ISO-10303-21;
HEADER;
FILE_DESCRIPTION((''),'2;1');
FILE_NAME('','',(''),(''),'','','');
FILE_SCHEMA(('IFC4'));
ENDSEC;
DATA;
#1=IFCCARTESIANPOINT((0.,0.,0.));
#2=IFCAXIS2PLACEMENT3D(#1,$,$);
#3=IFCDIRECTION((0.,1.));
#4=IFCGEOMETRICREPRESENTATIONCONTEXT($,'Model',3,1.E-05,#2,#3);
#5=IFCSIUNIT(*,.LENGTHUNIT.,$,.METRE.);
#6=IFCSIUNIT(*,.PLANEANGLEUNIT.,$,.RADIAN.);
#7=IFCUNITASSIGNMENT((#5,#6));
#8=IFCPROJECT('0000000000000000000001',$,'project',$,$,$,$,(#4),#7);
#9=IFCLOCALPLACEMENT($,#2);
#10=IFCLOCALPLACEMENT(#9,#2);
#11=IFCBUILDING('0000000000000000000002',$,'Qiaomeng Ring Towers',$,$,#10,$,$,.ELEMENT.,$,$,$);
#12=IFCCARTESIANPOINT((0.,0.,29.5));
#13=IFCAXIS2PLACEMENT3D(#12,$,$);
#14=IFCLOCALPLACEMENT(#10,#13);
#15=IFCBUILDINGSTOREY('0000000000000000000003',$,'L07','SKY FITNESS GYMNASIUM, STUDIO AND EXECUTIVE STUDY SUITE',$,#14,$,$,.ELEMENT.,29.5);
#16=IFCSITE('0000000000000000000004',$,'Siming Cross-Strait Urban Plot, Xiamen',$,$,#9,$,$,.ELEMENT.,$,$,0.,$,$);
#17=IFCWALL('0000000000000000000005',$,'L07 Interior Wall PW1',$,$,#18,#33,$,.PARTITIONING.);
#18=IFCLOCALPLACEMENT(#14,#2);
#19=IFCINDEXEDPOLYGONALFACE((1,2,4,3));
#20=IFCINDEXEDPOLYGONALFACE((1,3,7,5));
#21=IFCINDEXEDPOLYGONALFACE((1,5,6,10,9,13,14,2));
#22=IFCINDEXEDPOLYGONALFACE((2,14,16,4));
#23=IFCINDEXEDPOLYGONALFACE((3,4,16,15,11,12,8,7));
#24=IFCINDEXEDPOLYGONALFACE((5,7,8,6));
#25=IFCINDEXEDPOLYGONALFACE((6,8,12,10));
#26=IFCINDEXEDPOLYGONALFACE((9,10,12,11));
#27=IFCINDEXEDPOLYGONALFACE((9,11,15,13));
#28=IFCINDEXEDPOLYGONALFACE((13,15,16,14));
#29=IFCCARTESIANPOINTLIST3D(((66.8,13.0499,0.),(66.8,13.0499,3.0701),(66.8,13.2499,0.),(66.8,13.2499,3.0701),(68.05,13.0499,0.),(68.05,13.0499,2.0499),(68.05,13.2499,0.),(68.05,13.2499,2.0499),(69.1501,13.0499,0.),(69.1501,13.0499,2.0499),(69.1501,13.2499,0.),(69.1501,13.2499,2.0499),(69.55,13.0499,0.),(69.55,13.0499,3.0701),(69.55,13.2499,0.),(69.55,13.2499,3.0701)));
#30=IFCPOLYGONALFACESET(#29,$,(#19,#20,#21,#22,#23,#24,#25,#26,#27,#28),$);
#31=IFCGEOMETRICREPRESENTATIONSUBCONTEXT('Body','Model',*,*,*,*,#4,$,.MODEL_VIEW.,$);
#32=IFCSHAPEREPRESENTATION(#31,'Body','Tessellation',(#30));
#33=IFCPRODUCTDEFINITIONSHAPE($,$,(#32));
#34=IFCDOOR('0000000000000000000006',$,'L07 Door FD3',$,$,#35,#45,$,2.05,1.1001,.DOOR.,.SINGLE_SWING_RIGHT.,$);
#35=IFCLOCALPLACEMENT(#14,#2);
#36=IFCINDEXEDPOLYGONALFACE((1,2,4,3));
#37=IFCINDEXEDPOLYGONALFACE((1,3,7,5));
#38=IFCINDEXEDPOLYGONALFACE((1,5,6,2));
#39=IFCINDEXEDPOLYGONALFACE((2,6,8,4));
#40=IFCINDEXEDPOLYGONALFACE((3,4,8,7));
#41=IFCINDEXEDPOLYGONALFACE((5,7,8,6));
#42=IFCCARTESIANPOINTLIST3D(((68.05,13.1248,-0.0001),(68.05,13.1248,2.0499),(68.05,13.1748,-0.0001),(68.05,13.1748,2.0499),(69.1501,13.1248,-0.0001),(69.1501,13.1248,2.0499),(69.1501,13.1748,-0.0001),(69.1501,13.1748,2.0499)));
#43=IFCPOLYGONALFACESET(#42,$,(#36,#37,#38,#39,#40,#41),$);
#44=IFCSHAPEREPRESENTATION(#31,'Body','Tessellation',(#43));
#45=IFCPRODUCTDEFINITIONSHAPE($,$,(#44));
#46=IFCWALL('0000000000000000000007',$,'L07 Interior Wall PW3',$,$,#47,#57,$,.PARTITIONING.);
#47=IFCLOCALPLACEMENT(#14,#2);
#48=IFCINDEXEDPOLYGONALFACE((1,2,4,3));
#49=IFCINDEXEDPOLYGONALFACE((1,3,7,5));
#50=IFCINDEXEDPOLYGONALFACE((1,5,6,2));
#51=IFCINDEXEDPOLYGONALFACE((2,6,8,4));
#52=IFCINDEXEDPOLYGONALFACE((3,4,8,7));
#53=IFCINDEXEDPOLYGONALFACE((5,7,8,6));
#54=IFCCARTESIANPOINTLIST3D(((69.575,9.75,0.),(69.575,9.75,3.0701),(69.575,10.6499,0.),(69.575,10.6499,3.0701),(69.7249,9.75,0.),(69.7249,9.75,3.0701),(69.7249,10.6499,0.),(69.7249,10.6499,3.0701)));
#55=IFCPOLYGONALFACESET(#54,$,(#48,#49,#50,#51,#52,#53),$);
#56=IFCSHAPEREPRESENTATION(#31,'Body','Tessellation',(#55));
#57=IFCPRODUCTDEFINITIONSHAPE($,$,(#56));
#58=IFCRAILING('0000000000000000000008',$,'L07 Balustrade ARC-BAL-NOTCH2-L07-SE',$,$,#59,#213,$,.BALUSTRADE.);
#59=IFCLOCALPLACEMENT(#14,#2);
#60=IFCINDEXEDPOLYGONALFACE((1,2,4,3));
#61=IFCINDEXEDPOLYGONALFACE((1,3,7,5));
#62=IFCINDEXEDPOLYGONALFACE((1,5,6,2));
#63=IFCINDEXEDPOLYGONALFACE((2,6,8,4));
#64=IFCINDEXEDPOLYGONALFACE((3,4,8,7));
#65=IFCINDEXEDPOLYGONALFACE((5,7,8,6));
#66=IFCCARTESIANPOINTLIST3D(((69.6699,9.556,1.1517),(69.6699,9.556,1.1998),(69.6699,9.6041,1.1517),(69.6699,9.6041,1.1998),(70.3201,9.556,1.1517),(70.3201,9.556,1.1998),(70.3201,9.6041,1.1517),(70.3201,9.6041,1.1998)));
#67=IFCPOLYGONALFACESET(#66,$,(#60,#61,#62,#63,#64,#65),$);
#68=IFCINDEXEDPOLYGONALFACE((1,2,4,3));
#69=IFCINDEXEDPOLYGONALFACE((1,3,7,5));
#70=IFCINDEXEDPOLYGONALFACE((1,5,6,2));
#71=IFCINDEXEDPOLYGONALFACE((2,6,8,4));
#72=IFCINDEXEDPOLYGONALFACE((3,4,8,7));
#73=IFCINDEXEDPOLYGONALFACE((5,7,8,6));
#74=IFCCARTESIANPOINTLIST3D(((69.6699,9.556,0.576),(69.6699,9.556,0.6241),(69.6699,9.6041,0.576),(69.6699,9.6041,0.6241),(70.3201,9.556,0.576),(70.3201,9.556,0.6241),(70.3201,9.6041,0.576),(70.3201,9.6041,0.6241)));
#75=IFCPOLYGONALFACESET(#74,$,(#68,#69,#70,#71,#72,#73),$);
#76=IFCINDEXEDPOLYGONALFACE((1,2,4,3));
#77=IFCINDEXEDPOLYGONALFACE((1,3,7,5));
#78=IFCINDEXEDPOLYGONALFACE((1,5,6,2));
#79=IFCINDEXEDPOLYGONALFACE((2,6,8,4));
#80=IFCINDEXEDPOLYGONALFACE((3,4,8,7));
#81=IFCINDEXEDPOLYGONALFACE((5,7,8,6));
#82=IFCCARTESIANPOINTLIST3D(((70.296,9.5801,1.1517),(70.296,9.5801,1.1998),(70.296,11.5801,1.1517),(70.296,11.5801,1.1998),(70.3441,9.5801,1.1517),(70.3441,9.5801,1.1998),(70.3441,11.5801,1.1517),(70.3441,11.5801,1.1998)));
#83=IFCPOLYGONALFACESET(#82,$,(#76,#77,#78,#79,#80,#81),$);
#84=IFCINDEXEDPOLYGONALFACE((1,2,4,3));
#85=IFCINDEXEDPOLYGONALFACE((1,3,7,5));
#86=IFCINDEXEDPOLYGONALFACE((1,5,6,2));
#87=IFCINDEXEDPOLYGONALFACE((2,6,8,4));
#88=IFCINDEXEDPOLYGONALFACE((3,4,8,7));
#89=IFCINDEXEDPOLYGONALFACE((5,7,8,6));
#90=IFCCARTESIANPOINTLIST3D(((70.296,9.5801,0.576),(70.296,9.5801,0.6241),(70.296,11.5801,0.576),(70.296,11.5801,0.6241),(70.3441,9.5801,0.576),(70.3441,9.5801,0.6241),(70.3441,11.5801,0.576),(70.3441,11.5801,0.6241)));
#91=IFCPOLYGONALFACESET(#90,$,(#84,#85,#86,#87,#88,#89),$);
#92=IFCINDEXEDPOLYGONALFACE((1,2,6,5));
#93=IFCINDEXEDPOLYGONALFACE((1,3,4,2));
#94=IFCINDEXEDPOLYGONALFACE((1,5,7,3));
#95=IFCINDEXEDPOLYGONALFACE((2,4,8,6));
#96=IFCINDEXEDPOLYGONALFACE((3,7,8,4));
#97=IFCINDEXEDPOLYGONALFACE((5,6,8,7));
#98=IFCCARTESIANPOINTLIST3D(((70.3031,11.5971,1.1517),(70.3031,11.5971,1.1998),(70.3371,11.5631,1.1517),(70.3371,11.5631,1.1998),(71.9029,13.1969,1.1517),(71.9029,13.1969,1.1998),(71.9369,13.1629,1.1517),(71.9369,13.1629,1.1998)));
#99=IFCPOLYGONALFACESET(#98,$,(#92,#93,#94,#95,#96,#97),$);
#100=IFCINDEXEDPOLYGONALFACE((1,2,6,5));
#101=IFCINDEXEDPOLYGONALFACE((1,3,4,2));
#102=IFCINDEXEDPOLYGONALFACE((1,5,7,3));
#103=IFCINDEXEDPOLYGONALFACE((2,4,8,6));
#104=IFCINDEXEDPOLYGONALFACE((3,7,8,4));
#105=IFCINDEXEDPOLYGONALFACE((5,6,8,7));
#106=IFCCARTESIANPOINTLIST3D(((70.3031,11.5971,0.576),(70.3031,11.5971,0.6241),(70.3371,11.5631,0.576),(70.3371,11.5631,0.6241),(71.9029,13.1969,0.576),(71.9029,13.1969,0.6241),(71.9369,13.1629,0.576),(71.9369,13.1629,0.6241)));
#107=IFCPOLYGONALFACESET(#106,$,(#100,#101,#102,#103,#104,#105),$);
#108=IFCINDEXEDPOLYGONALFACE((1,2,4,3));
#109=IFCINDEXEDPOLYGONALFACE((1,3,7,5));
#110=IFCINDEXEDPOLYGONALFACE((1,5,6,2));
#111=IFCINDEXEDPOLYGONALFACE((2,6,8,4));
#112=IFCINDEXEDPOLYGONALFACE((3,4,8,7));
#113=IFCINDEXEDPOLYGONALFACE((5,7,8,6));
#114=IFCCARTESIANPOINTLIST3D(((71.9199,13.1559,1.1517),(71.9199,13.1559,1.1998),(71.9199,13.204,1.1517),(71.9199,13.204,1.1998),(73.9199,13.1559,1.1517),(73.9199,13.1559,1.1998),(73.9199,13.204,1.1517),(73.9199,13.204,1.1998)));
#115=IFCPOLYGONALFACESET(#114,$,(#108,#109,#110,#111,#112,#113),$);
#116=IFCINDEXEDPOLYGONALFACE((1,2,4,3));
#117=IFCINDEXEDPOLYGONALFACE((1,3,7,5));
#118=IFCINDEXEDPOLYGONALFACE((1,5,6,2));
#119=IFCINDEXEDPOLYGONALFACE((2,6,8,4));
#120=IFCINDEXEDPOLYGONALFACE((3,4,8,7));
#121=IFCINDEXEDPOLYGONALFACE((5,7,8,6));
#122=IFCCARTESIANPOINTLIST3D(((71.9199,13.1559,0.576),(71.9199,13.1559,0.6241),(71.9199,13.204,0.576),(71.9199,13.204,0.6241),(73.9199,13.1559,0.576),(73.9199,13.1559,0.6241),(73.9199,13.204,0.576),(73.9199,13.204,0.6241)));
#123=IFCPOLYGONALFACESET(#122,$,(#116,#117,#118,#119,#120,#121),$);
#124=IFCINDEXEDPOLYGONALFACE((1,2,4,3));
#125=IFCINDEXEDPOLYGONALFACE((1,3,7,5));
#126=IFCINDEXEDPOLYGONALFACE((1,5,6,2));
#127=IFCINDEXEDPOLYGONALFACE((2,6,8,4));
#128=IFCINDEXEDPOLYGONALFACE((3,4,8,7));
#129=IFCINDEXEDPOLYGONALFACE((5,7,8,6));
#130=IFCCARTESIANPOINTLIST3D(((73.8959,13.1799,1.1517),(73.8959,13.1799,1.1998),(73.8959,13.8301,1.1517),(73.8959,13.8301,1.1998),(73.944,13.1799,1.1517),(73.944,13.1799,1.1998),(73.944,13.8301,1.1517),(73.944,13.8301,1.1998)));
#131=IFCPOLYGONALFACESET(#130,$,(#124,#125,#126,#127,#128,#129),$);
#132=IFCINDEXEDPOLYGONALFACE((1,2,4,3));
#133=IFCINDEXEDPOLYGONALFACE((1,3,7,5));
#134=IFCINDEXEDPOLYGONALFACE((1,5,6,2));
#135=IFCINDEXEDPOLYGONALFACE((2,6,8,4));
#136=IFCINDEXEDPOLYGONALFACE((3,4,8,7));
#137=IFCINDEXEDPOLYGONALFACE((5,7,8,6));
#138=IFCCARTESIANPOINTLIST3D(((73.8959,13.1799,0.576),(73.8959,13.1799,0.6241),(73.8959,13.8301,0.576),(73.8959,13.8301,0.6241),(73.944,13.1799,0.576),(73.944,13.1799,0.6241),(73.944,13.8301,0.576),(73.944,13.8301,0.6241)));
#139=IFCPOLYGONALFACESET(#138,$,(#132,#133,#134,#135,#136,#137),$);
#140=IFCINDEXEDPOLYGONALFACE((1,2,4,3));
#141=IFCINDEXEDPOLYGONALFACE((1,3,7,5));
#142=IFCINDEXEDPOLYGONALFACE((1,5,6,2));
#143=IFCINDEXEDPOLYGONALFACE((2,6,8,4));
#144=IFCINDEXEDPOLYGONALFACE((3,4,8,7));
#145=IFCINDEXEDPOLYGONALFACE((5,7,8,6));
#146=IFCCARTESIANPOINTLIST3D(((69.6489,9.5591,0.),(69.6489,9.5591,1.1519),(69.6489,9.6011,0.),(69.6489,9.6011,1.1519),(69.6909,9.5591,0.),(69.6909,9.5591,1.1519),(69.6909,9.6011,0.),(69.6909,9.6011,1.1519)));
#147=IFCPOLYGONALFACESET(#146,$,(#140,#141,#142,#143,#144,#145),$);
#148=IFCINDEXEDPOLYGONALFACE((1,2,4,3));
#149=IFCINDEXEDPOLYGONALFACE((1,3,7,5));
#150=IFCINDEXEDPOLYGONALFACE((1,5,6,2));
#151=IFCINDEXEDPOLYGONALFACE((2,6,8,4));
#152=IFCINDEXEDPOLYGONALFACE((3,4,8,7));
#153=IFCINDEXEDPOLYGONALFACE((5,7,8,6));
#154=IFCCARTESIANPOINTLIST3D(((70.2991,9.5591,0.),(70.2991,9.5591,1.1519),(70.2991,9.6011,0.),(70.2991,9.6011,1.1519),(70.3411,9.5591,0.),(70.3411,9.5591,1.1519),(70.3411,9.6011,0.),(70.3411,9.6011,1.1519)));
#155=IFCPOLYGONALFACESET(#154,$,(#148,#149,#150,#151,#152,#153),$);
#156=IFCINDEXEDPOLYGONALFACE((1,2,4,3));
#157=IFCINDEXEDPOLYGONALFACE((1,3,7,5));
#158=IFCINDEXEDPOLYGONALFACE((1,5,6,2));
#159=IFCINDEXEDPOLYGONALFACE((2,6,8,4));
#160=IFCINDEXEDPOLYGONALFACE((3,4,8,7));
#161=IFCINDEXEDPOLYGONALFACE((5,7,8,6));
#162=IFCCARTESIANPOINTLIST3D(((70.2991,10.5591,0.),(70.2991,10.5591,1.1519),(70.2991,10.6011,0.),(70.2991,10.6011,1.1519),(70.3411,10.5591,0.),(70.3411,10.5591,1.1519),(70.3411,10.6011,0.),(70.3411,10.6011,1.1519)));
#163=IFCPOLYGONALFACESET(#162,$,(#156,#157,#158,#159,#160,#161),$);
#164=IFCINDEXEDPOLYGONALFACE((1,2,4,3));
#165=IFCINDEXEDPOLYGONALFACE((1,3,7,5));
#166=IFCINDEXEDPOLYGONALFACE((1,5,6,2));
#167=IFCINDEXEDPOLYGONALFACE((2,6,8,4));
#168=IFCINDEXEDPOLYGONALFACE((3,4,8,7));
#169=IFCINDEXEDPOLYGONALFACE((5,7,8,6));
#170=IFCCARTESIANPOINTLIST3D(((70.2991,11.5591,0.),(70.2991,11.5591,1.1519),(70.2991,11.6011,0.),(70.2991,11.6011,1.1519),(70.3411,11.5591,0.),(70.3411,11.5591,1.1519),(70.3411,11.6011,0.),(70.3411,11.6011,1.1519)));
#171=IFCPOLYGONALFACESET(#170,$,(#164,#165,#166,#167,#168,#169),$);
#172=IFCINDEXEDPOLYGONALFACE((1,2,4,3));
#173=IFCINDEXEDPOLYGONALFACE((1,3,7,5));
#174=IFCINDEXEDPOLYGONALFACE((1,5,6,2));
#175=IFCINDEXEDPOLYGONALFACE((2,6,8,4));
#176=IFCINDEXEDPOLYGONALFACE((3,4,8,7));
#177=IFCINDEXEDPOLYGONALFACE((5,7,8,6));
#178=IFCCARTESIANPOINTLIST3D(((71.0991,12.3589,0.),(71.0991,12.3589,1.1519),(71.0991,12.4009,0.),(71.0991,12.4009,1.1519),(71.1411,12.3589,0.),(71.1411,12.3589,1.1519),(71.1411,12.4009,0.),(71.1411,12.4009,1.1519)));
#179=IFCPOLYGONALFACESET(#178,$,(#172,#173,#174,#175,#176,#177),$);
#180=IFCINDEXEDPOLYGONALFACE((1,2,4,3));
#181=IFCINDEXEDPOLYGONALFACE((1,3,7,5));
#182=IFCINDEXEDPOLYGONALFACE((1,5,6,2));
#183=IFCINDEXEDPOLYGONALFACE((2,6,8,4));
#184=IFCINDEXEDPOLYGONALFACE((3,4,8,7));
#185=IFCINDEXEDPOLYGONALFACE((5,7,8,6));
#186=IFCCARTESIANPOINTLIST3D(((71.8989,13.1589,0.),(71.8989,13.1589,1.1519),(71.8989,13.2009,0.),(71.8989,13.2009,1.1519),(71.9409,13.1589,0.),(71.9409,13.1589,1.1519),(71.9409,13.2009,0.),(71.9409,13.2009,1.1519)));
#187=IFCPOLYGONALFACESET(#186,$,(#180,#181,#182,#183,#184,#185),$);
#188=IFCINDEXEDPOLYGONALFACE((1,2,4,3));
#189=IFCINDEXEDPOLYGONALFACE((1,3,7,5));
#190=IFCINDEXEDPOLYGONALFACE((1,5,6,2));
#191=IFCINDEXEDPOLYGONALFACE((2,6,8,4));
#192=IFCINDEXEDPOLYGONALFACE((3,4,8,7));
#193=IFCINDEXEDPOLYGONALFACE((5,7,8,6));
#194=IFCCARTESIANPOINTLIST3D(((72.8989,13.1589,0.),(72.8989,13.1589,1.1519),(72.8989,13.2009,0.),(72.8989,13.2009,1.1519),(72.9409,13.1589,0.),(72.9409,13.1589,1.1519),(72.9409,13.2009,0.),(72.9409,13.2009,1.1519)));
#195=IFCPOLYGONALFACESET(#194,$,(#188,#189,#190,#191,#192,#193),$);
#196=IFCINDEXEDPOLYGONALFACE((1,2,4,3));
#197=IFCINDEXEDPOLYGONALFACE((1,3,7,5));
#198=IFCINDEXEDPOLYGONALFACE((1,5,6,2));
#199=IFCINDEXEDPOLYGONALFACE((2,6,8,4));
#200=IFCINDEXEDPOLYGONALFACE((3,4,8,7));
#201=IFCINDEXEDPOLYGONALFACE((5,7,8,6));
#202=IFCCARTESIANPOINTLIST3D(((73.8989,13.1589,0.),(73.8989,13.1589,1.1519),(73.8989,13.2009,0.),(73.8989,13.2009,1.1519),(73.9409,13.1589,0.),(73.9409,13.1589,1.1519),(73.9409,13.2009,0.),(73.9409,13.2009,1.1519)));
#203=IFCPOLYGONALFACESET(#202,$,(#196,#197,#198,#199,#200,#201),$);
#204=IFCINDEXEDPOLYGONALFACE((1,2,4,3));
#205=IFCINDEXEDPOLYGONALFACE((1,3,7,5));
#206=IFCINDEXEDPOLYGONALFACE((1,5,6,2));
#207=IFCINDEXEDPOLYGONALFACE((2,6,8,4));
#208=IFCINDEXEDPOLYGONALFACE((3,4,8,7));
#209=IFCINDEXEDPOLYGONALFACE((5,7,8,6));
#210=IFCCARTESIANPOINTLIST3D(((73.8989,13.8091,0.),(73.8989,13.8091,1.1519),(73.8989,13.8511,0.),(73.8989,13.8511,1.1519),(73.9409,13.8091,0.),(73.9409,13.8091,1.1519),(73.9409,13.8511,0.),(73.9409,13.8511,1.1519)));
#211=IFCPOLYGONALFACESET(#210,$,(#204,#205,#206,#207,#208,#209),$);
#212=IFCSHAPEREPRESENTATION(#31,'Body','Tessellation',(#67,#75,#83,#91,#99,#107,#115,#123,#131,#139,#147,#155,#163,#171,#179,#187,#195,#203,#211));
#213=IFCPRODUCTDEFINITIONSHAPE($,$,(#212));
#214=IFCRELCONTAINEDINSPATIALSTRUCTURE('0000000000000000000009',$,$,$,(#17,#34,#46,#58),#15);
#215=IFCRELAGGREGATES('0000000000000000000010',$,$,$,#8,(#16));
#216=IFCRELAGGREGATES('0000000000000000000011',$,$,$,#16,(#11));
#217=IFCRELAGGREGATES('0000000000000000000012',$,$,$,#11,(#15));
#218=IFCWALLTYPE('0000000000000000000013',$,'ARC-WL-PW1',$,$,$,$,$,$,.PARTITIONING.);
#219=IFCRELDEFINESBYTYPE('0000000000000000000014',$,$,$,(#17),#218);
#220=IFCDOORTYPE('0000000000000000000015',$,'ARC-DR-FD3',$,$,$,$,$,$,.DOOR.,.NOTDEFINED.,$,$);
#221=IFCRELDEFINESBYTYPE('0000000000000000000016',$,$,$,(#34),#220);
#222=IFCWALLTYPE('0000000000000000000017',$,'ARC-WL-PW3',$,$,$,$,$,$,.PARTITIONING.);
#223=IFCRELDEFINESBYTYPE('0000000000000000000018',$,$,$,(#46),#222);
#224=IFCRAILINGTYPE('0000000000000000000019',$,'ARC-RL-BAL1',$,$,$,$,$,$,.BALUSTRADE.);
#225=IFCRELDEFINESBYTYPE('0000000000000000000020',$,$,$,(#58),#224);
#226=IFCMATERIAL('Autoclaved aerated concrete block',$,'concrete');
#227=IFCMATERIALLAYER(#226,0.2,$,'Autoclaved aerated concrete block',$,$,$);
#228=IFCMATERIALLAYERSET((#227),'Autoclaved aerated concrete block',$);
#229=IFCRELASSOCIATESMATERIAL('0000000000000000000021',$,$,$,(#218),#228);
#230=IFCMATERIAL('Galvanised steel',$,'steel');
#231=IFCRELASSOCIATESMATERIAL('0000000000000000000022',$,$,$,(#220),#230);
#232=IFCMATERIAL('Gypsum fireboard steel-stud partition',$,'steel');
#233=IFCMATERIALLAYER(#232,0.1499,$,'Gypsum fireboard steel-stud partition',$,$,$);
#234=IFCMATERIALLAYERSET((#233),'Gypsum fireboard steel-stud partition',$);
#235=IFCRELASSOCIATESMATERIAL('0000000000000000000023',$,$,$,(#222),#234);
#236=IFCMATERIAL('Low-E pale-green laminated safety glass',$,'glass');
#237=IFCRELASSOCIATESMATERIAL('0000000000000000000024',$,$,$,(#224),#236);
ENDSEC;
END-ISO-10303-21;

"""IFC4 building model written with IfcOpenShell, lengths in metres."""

from ifc_helpers import new_model, si_unit, direction, frame, frame_2d, origin, origin_2d, place, context, subcontext, project, spatial, rectangle, extrude, source, transform, mapped, material, layer, layer_set, type_object, element, fill, save


model = new_model("IFC4")

# Units and contexts
model_context = context("Model", 3, precision=1e-05, world=origin(), true_north=direction((0.0, 1.0)))
body_context = subcontext(model_context, "Body", "Model", "MODEL_VIEW")
ifc_project = project(units=[si_unit("LENGTHUNIT", "METRE"), si_unit("PLANEANGLEUNIT", "RADIAN")], contexts=[model_context])

# Site, building, storey
site_placement = place(None, origin())
site = spatial("IfcSite", under=ifc_project, at=site_placement, Name="Siming Cross-Strait Urban Plot, Xiamen", CompositionType="ELEMENT", RefElevation=0.0)
building_placement = place(site_placement, origin())
building = spatial("IfcBuilding", under=site, at=building_placement, Name="Qiaomeng Ring Towers", CompositionType="ELEMENT")
storey_placement = place(building_placement, frame((0.0, 0.0, 29.5)))
storey = spatial("IfcBuildingStorey", under=building, at=storey_placement, Name="L07", Description="SKY FITNESS GYMNASIUM, STUDIO AND EXECUTIVE STUDY SUITE", CompositionType="ELEMENT", Elevation=29.5)

# Shared definitions
ifc_material_1 = material(Name="Autoclaved aerated concrete block", Category="concrete")
ifc_layer_1 = layer(ifc_material_1, 0.2, Name="Autoclaved aerated concrete block")
ifc_layer_set_1 = layer_set([ifc_layer_1], Name="Autoclaved aerated concrete block")
wall_type_1 = type_object("IfcWallType", Name="ARC-WL-PW1", PredefinedType="PARTITIONING", material=ifc_layer_set_1)

# Wall, opening, door
wall_1_placement = place(storey_placement, frame((66.8, 13.1499, 0.0), z_axis=(0.0, 0.0, 1.0), x_axis=(1.0, 0.0, 0.0)))
wall_1 = element("IfcWall", 1, at=wall_1_placement, inside=storey, type_object=wall_type_1, Name="L07 Interior Wall PW1", PredefinedType="PARTITIONING", context=body_context, shape_type="SweptSolid", body=[
    extrude(rectangle(XDim=2.75, YDim=0.2, at=frame_2d((1.375, 0.0))), origin(), (0.0, 0.0, 1.0), 3.0701),
])
opening_1_placement = place(wall_1_placement, frame((1.25, 0.0, 0.0)))
opening_1 = element("IfcOpeningElement", 2, at=opening_1_placement, cuts=wall_1, PredefinedType="OPENING", context=body_context, shape_type="SweptSolid", body=[
    extrude(rectangle(XDim=1.1001, YDim=2.05, at=frame_2d((0.55, 1.0249))), frame((0.0, 0.1099, 0.0), z_axis=(0.0, -1.0, 0.0), x_axis=(1.0, 0.0, 0.0)), (0.0, 0.0, 1.0), 0.22),
])
ifc_material_2 = material(Name="Galvanised steel", Category="steel")
door_type_1 = type_object("IfcDoorType", Name="ARC-DR-FD3", OperationType="NOTDEFINED", PredefinedType="DOOR", material=ifc_material_2)
shared_shape_1 = source(origin(), body_context, "Body", "SweptSolid", [
    extrude(rectangle(XDim=1.1001, YDim=2.05, at=frame_2d((0.55, 1.0249))), frame((0.0, 0.0249, 0.0), z_axis=(0.0, -1.0, 0.0), x_axis=(1.0, 0.0, 0.0)), (0.0, 0.0, 1.0), 0.05),
])
door_1_placement = place(opening_1_placement, origin())
door_1 = element("IfcDoor", 3, at=door_1_placement, inside=storey, type_object=door_type_1, Name="L07 Door FD3", OperationType="SINGLE_SWING_RIGHT", OverallHeight=2.05, OverallWidth=1.1001, PredefinedType="DOOR", context=body_context, shape_type="MappedRepresentation", body=[
    mapped(shared_shape_1, transform((0.0, 0.0, 0.0), x_axis=(1.0, 0.0, 0.0), y_axis=(0.0, 1.0, 0.0), z_axis=(0.0, 0.0, 1.0), scale=1.0)),
])
fill(opening_1, door_1)

# Wall
ifc_material_3 = material(Name="Gypsum fireboard steel-stud partition", Category="steel")
ifc_layer_2 = layer(ifc_material_3, 0.1499, Name="Gypsum fireboard steel-stud partition")
ifc_layer_set_2 = layer_set([ifc_layer_2], Name="Gypsum fireboard steel-stud partition")
wall_type_2 = type_object("IfcWallType", Name="ARC-WL-PW3", PredefinedType="PARTITIONING", material=ifc_layer_set_2)
wall_2_placement = place(storey_placement, frame((69.6499, 9.75, 0.0), z_axis=(0.0, 0.0, 1.0), x_axis=(0.0, 1.0, 0.0)))
element("IfcWall", 4, at=wall_2_placement, inside=storey, type_object=wall_type_2, Name="L07 Interior Wall PW3", PredefinedType="PARTITIONING", context=body_context, shape_type="SweptSolid", body=[
    extrude(rectangle(XDim=0.8999, YDim=0.1499, at=frame_2d((0.45, 0.0))), origin(), (0.0, 0.0, 1.0), 3.0701),
])

# Railing
ifc_material_4 = material(Name="Low-E pale-green laminated safety glass", Category="glass")
railing_type = type_object("IfcRailingType", Name="ARC-RL-BAL1", PredefinedType="BALUSTRADE", material=ifc_material_4)
railing_placement = place(storey_placement, frame((69.6699, 9.5801, 0.0)))
element("IfcRailing", 5, at=railing_placement, inside=storey, type_object=railing_type, Name="L07 Balustrade ARC-BAL-NOTCH2-L07-SE", PredefinedType="BALUSTRADE", context=body_context, shape_type="SweptSolid", body=[
    extrude(rectangle(XDim=0.0481, YDim=0.0481, at=origin_2d()), frame((0.0, 0.0, 1.1758), z_axis=(1.0, 0.0, 0.0), x_axis=(0.0, 1.0, 0.0)), (0.0, 0.0, 1.0), 0.6501),
    extrude(rectangle(XDim=0.0481, YDim=0.0481, at=origin_2d()), frame((0.0, 0.0, 0.6001), z_axis=(1.0, 0.0, 0.0), x_axis=(0.0, 1.0, 0.0)), (0.0, 0.0, 1.0), 0.6501),
    extrude(rectangle(XDim=0.0481, YDim=0.0481, at=origin_2d()), frame((0.6501, 0.0, 1.1758), z_axis=(0.0, 1.0, 0.0), x_axis=(-1.0, 0.0, 0.0)), (0.0, 0.0, 1.0), 2.0),
    extrude(rectangle(XDim=0.0481, YDim=0.0481, at=origin_2d()), frame((0.6501, 0.0, 0.6001), z_axis=(0.0, 1.0, 0.0), x_axis=(-1.0, 0.0, 0.0)), (0.0, 0.0, 1.0), 2.0),
    extrude(rectangle(XDim=0.0481, YDim=0.0481, at=origin_2d()), frame((0.6501, 2.0, 1.1758), z_axis=(0.707107, 0.707107, 0.0), x_axis=(-0.707107, 0.707107, 0.0)), (0.0, 0.0, 1.0), 2.2625),
    extrude(rectangle(XDim=0.0481, YDim=0.0481, at=origin_2d()), frame((0.6501, 2.0, 0.6001), z_axis=(0.707107, 0.707107, 0.0), x_axis=(-0.707107, 0.707107, 0.0)), (0.0, 0.0, 1.0), 2.2625),
    extrude(rectangle(XDim=0.0481, YDim=0.0481, at=origin_2d()), frame((2.25, 3.5999, 1.1758), z_axis=(1.0, 0.0, 0.0), x_axis=(0.0, 1.0, 0.0)), (0.0, 0.0, 1.0), 2.0),
    extrude(rectangle(XDim=0.0481, YDim=0.0481, at=origin_2d()), frame((2.25, 3.5999, 0.6001), z_axis=(1.0, 0.0, 0.0), x_axis=(0.0, 1.0, 0.0)), (0.0, 0.0, 1.0), 2.0),
    extrude(rectangle(XDim=0.0481, YDim=0.0481, at=origin_2d()), frame((4.25, 3.5999, 1.1758), z_axis=(0.0, 1.0, 0.0), x_axis=(-1.0, 0.0, 0.0)), (0.0, 0.0, 1.0), 0.6501),
    extrude(rectangle(XDim=0.0481, YDim=0.0481, at=origin_2d()), frame((4.25, 3.5999, 0.6001), z_axis=(0.0, 1.0, 0.0), x_axis=(-1.0, 0.0, 0.0)), (0.0, 0.0, 1.0), 0.6501),
    extrude(rectangle(XDim=0.042, YDim=0.042, at=origin_2d()), origin(), (0.0, 0.0, 1.0), 1.1519),
    extrude(rectangle(XDim=0.042, YDim=0.042, at=origin_2d()), frame((0.6501, 0.0, 0.0)), (0.0, 0.0, 1.0), 1.1519),
    extrude(rectangle(XDim=0.042, YDim=0.042, at=origin_2d()), frame((0.6501, 1.0, 0.0)), (0.0, 0.0, 1.0), 1.1519),
    extrude(rectangle(XDim=0.042, YDim=0.042, at=origin_2d()), frame((0.6501, 2.0, 0.0)), (0.0, 0.0, 1.0), 1.1519),
    extrude(rectangle(XDim=0.042, YDim=0.042, at=origin_2d()), frame((1.4502, 2.7998, 0.0)), (0.0, 0.0, 1.0), 1.1519),
    extrude(rectangle(XDim=0.042, YDim=0.042, at=origin_2d()), frame((2.25, 3.5999, 0.0)), (0.0, 0.0, 1.0), 1.1519),
    extrude(rectangle(XDim=0.042, YDim=0.042, at=origin_2d()), frame((3.25, 3.5999, 0.0)), (0.0, 0.0, 1.0), 1.1519),
    extrude(rectangle(XDim=0.042, YDim=0.042, at=origin_2d()), frame((4.25, 3.5999, 0.0)), (0.0, 0.0, 1.0), 1.1519),
    extrude(rectangle(XDim=0.042, YDim=0.042, at=origin_2d()), frame((4.25, 4.25, 0.0)), (0.0, 0.0, 1.0), 1.1519),
])

save(model, "model.ifc")
